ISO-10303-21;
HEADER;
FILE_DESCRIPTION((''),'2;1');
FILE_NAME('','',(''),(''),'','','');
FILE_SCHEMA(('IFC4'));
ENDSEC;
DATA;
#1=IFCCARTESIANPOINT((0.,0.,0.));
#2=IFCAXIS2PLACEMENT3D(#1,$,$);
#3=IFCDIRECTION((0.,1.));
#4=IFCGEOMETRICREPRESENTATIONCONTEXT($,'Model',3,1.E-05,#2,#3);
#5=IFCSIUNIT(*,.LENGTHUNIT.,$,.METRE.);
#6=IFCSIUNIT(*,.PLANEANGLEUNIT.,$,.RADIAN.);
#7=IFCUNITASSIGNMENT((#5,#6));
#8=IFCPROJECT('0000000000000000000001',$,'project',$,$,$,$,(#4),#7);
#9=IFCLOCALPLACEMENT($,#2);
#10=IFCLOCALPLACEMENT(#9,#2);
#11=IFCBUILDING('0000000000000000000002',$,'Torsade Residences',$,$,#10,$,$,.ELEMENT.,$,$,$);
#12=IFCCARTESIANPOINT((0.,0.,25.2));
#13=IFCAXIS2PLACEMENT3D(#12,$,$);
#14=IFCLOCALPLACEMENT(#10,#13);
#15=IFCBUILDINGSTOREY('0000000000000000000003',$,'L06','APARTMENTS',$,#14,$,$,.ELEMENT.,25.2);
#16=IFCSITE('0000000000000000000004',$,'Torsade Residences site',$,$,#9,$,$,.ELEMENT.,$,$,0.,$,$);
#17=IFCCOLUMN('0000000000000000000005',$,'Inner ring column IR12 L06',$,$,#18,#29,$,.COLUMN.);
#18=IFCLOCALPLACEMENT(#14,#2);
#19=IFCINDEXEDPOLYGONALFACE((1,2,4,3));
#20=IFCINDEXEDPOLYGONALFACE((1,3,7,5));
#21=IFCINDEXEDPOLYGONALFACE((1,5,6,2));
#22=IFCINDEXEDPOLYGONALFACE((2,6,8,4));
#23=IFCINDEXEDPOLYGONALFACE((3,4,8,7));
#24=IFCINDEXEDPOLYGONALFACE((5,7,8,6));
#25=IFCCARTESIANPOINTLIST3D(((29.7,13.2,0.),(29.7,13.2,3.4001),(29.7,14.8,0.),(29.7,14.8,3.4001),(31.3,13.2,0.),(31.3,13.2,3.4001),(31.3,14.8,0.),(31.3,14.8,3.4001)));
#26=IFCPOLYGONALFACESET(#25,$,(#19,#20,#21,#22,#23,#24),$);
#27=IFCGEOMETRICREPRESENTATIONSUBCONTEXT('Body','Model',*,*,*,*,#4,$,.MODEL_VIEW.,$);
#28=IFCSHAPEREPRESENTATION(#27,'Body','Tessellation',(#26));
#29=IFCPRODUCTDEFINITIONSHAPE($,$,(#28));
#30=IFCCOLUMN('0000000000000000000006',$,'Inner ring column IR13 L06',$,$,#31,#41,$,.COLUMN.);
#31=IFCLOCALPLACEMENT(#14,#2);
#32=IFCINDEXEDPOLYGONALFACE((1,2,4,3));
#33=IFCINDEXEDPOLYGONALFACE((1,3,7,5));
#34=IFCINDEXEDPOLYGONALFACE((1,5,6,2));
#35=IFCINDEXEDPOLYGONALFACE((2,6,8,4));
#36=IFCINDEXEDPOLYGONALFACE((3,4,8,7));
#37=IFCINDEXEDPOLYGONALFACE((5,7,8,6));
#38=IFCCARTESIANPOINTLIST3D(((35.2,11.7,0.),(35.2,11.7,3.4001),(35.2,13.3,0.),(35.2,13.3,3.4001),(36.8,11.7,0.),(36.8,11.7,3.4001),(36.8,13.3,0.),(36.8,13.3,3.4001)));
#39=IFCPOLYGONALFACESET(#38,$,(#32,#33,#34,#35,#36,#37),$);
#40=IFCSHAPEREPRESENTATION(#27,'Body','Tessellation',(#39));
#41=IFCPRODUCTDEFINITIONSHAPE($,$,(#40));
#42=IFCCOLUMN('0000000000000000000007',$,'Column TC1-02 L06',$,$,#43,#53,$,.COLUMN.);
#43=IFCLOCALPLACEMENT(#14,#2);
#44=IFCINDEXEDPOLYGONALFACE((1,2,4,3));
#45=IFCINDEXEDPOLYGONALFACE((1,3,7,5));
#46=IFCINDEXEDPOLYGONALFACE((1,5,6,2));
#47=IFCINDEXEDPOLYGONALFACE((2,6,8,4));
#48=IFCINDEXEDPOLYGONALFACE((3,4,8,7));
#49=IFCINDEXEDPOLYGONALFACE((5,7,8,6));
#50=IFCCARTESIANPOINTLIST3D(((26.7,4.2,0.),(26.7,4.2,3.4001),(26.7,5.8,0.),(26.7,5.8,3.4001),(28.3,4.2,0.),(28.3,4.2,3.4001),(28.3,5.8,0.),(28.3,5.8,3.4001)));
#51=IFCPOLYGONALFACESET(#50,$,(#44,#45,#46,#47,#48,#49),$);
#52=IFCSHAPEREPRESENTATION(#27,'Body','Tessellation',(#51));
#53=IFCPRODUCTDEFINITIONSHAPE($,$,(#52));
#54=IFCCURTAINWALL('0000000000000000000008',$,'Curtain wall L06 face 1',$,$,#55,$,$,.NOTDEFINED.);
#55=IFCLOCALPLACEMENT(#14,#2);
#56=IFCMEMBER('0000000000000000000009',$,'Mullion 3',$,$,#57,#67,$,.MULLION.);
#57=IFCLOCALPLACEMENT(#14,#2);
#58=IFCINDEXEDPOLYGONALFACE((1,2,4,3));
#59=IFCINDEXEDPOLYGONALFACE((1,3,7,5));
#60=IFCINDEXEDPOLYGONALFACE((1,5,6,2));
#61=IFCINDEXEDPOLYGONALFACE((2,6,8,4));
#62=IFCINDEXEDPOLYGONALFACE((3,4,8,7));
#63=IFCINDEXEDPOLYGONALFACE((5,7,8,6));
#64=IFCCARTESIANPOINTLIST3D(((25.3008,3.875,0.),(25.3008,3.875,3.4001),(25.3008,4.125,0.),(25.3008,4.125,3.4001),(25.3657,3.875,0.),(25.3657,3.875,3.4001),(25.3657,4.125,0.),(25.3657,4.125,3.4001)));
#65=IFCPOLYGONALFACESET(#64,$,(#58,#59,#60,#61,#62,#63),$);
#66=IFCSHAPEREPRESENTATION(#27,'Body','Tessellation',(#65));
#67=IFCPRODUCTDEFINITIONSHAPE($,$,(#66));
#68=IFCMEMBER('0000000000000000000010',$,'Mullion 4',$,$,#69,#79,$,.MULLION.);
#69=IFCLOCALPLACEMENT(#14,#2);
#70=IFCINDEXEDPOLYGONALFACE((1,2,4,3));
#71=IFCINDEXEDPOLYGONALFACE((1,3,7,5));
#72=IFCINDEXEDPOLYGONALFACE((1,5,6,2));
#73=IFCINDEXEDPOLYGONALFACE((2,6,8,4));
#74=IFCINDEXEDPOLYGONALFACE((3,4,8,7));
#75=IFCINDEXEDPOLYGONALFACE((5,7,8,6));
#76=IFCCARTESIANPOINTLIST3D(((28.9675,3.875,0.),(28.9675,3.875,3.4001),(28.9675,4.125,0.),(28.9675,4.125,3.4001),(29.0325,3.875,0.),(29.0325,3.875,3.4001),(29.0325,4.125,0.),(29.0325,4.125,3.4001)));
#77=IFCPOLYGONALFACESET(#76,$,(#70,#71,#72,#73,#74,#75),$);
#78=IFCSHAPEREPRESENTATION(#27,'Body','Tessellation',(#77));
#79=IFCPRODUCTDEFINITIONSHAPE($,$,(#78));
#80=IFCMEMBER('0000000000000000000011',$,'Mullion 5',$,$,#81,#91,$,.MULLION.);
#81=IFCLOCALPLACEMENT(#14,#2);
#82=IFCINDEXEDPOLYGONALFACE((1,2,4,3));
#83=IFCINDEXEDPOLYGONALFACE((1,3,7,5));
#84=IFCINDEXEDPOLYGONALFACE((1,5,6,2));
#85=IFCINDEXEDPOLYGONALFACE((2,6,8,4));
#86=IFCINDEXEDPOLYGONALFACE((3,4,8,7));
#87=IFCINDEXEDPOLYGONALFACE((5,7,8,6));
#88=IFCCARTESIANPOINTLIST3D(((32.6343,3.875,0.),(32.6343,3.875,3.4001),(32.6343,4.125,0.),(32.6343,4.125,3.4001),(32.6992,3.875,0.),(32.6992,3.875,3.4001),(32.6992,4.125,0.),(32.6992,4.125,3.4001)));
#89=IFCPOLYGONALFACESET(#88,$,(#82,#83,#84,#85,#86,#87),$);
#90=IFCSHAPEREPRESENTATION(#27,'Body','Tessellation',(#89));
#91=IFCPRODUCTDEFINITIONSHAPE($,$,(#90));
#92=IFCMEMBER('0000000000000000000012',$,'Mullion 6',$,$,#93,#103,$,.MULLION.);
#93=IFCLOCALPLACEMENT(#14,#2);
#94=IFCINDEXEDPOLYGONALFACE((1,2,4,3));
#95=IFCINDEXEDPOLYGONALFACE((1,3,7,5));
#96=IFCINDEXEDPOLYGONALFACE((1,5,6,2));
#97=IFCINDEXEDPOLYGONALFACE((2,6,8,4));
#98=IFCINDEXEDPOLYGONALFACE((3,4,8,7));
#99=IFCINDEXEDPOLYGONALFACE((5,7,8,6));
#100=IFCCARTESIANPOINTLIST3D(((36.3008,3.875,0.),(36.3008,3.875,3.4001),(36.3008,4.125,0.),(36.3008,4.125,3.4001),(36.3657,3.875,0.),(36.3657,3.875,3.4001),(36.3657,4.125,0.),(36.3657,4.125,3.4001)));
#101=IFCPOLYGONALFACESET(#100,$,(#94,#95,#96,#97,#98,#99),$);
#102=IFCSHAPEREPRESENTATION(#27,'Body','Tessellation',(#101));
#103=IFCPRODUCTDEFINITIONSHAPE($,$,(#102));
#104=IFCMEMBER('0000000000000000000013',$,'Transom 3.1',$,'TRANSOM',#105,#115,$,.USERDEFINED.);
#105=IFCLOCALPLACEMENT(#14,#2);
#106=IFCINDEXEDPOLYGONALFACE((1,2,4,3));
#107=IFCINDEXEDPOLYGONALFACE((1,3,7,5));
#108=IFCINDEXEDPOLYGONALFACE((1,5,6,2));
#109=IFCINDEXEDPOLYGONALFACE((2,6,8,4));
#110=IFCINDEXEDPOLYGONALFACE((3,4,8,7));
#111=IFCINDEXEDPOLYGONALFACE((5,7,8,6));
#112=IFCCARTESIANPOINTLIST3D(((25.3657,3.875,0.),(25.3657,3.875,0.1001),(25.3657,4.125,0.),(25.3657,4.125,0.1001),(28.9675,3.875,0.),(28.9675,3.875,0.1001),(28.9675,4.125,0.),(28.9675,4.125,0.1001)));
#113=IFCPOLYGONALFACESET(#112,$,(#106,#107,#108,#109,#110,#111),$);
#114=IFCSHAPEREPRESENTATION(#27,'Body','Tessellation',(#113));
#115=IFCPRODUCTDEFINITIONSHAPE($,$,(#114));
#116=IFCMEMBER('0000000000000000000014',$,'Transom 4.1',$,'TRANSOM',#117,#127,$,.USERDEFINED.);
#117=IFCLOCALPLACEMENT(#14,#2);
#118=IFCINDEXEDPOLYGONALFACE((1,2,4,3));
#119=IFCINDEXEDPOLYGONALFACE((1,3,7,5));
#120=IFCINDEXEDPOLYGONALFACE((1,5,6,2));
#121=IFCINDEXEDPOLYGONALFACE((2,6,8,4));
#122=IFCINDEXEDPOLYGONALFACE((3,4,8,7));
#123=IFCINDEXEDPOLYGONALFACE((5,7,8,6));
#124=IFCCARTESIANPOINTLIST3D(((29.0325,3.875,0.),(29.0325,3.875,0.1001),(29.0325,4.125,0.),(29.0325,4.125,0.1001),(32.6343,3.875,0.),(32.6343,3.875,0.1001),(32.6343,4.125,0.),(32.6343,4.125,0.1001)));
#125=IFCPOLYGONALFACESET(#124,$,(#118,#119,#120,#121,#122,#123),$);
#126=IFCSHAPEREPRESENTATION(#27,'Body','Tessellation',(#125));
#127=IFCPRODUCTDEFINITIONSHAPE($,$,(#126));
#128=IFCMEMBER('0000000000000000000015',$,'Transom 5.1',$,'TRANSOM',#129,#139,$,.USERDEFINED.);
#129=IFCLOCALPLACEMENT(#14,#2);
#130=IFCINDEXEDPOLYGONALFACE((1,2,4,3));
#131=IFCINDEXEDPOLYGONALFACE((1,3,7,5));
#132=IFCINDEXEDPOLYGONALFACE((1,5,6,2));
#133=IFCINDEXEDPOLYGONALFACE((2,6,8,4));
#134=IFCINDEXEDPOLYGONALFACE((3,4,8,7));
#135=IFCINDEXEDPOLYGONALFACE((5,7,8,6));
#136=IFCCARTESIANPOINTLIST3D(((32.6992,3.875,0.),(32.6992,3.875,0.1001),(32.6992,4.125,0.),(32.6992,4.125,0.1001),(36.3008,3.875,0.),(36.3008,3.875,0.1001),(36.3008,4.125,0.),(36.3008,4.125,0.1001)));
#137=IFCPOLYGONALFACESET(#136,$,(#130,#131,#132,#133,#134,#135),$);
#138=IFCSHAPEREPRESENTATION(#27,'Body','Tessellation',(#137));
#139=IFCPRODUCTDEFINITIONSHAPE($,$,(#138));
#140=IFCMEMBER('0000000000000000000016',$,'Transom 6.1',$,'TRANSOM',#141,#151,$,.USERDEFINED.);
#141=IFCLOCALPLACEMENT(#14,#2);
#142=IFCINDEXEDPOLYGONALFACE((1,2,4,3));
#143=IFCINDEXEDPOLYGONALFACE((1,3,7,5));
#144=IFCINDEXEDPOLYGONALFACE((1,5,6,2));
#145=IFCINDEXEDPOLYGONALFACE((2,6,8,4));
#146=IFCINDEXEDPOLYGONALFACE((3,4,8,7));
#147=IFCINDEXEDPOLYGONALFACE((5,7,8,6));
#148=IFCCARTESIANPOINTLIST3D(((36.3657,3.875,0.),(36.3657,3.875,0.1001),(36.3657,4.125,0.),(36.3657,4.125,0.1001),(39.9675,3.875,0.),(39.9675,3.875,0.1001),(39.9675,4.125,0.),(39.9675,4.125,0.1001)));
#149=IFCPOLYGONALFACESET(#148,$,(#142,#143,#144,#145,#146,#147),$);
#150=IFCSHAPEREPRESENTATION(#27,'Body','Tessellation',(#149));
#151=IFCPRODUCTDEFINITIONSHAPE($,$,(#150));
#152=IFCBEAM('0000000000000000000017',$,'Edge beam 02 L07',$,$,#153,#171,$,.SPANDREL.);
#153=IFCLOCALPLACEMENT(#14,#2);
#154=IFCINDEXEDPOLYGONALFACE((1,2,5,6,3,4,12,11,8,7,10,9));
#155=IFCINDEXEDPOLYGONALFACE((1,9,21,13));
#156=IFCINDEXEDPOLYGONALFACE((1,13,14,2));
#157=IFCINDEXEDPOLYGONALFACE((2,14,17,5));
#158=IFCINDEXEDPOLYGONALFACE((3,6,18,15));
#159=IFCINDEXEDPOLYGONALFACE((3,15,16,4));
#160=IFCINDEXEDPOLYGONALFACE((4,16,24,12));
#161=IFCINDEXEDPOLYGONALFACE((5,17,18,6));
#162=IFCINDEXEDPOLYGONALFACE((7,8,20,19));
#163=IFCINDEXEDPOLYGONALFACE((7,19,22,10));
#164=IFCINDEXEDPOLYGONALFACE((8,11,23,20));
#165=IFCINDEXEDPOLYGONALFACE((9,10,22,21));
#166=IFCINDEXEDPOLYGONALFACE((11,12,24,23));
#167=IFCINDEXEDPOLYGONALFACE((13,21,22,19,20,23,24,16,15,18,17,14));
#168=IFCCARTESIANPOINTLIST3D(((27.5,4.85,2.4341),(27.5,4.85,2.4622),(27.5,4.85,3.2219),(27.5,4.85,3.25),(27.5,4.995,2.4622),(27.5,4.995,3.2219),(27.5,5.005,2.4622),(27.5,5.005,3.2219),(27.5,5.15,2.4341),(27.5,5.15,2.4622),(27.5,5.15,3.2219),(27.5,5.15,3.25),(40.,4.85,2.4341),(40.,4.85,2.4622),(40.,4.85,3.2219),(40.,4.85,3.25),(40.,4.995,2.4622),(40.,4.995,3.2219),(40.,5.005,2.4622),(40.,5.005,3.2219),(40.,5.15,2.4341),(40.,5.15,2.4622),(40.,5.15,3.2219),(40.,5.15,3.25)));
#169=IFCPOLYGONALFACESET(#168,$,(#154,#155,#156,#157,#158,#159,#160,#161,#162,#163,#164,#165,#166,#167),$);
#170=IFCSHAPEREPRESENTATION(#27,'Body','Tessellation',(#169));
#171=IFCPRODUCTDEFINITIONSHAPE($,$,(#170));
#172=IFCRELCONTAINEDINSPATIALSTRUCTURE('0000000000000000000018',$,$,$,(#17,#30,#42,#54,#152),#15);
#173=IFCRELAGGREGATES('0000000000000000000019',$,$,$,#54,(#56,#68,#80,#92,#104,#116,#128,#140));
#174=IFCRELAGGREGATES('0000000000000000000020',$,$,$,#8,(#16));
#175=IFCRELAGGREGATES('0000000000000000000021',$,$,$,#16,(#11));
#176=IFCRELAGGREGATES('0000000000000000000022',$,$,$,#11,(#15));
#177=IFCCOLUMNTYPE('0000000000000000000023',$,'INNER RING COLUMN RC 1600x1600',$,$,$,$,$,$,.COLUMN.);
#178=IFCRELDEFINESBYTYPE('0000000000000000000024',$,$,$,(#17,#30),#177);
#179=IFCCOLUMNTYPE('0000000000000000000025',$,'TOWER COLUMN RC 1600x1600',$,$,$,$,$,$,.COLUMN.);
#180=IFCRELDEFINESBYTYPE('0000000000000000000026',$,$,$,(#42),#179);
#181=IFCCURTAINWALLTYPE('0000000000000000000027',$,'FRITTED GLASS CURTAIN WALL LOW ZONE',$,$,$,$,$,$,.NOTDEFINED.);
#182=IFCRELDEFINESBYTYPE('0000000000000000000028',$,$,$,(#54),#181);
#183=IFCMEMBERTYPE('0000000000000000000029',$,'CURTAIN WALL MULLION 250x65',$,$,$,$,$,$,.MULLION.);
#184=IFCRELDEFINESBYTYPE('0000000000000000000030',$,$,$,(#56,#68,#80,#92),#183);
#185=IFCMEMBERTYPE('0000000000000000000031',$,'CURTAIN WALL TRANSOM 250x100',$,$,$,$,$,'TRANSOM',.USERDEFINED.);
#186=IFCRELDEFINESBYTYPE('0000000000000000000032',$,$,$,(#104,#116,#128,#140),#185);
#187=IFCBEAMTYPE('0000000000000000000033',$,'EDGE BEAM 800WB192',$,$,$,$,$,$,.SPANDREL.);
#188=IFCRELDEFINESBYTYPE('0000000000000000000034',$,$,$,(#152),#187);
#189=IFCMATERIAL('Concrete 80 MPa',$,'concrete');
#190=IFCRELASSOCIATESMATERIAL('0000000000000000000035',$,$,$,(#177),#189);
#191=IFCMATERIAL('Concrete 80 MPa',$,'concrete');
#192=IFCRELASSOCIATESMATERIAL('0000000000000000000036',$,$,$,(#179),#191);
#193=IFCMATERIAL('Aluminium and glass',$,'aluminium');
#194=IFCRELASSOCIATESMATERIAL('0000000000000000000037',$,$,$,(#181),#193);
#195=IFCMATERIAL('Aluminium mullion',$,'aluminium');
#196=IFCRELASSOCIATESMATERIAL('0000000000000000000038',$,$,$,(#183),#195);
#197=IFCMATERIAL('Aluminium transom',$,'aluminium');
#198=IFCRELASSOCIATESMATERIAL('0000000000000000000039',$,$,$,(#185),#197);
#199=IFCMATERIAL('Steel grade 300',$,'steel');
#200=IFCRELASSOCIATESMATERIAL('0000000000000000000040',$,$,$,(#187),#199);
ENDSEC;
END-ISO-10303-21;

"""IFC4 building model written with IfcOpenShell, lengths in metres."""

from ifc_helpers import new_model, si_unit, direction, frame, origin, origin_2d, place, context, subcontext, project, spatial, rectangle, i_section, extrude, material, material_profile, profile_set, type_object, element, aggregate, save


model = new_model("IFC4")

# Units and contexts
model_context = context("Model", 3, precision=1e-05, world=origin(), true_north=direction((0.0, 1.0)))
body_context = subcontext(model_context, "Body", "Model", "MODEL_VIEW")
ifc_project = project(units=[si_unit("LENGTHUNIT", "METRE"), si_unit("PLANEANGLEUNIT", "RADIAN")], contexts=[model_context])

# Site, building, storey
site_placement = place(None, origin())
site = spatial("IfcSite", under=ifc_project, at=site_placement, Name="Torsade Residences site", CompositionType="ELEMENT", RefElevation=0.0)
building_placement = place(site_placement, origin())
building = spatial("IfcBuilding", under=site, at=building_placement, Name="Torsade Residences", CompositionType="ELEMENT")
storey_placement = place(building_placement, frame((0.0, 0.0, 25.2)))
storey = spatial("IfcBuildingStorey", under=building, at=storey_placement, Name="L06", Description="APARTMENTS", CompositionType="ELEMENT", Elevation=25.2)

# Columns
ifc_material_1 = material(Name="Concrete 80 MPa", Category="concrete")
ifc_material_profile_1 = material_profile(ifc_material_1, rectangle(XDim=1.6001, YDim=1.6001, at=origin_2d()), Name="RC 1600x1600")
ifc_profile_set_1 = profile_set([ifc_material_profile_1], Name="Concrete 80 MPa")
column_type_1 = type_object("IfcColumnType", Name="INNER RING COLUMN RC 1600x1600", PredefinedType="COLUMN", material=ifc_profile_set_1)
for number, where, z_axis, x_axis, name in (
    (1, (30.5, 14.0, 0.0), (0.0, 0.0, 1.0), (1.0, 0.0, 0.0), "Inner ring column IR12 L06"),
    (2, (36.0, 12.5, 0.0), (0.0, 0.0, 1.0), (1.0, 0.0, 0.0), "Inner ring column IR13 L06"),
):
    element("IfcColumn", number, at=place(storey_placement, frame(where, z_axis=z_axis, x_axis=x_axis)), inside=storey, type_object=column_type_1, Name=name, PredefinedType="COLUMN", context=body_context, shape_type="SweptSolid", body=[
        extrude(rectangle(XDim=1.6001, YDim=1.6001, at=origin_2d()), origin(), (0.0, 0.0, 1.0), 3.4001),
    ])
ifc_material_2 = material(Name="Concrete 80 MPa", Category="concrete")
ifc_material_profile_2 = material_profile(ifc_material_2, rectangle(XDim=1.6001, YDim=1.6001, at=origin_2d()), Name="RC 1600x1600")
ifc_profile_set_2 = profile_set([ifc_material_profile_2], Name="Concrete 80 MPa")
column_type_2 = type_object("IfcColumnType", Name="TOWER COLUMN RC 1600x1600", PredefinedType="COLUMN", material=ifc_profile_set_2)
column_placement = place(storey_placement, frame((27.5, 5.0, 0.0), z_axis=(0.0, 0.0, 1.0), x_axis=(1.0, 0.0, 0.0)))
element("IfcColumn", 3, at=column_placement, inside=storey, type_object=column_type_2, Name="Column TC1-02 L06", PredefinedType="COLUMN", context=body_context, shape_type="SweptSolid", body=[
    extrude(rectangle(XDim=1.6001, YDim=1.6001, at=origin_2d()), origin(), (0.0, 0.0, 1.0), 3.4001),
])

# Curtain wall, members
ifc_material_3 = material(Name="Aluminium and glass", Category="aluminium")
curtain_wall_type = type_object("IfcCurtainWallType", Name="FRITTED GLASS CURTAIN WALL LOW ZONE", PredefinedType="NOTDEFINED", material=ifc_material_3)
curtain_wall_placement = place(storey_placement, origin())
curtain_wall = element("IfcCurtainWall", 4, at=curtain_wall_placement, inside=storey, type_object=curtain_wall_type, Name="Curtain wall L06 face 1", PredefinedType="NOTDEFINED")
ifc_material_4 = material(Name="Aluminium mullion", Category="aluminium")
ifc_material_profile_3 = material_profile(ifc_material_4, rectangle(XDim=0.25, YDim=0.0649, at=origin_2d()), Name="CURTAIN WALL MULLION 250x65")
ifc_profile_set_3 = profile_set([ifc_material_profile_3], Name="Aluminium mullion")
member_type_1 = type_object("IfcMemberType", Name="CURTAIN WALL MULLION 250x65", PredefinedType="MULLION", material=ifc_profile_set_3)
member_1_placement = place(storey_placement, frame((25.3333, 4.0, 0.0), z_axis=(0.0, 0.0, 1.0), x_axis=(0.0, 1.0, 0.0)))
member_1 = element("IfcMember", 5, at=member_1_placement, type_object=member_type_1, Name="Mullion 3", PredefinedType="MULLION", context=body_context, shape_type="SweptSolid", body=[
    extrude(rectangle(XDim=0.25, YDim=0.0649, at=origin_2d()), origin(), (0.0, 0.0, 1.0), 3.4001),
])
member_2_placement = place(storey_placement, frame((29.0, 4.0, 0.0), z_axis=(0.0, 0.0, 1.0), x_axis=(0.0, 1.0, 0.0)))
member_2 = element("IfcMember", 6, at=member_2_placement, type_object=member_type_1, Name="Mullion 4", PredefinedType="MULLION", context=body_context, shape_type="SweptSolid", body=[
    extrude(rectangle(XDim=0.25, YDim=0.0649, at=origin_2d()), origin(), (0.0, 0.0, 1.0), 3.4001),
])
member_3_placement = place(storey_placement, frame((32.6667, 4.0, 0.0), z_axis=(0.0, 0.0, 1.0), x_axis=(0.0, 1.0, 0.0)))
member_3 = element("IfcMember", 7, at=member_3_placement, type_object=member_type_1, Name="Mullion 5", PredefinedType="MULLION", context=body_context, shape_type="SweptSolid", body=[
    extrude(rectangle(XDim=0.25, YDim=0.0649, at=origin_2d()), origin(), (0.0, 0.0, 1.0), 3.4001),
])
member_4_placement = place(storey_placement, frame((36.3333, 4.0, 0.0), z_axis=(0.0, 0.0, 1.0), x_axis=(0.0, 1.0, 0.0)))
member_4 = element("IfcMember", 8, at=member_4_placement, type_object=member_type_1, Name="Mullion 6", PredefinedType="MULLION", context=body_context, shape_type="SweptSolid", body=[
    extrude(rectangle(XDim=0.25, YDim=0.0649, at=origin_2d()), origin(), (0.0, 0.0, 1.0), 3.4001),
])
ifc_material_5 = material(Name="Aluminium transom", Category="aluminium")
ifc_material_profile_4 = material_profile(ifc_material_5, rectangle(XDim=0.25, YDim=0.1001, at=origin_2d()), Name="CURTAIN WALL TRANSOM 250x100")
ifc_profile_set_4 = profile_set([ifc_material_profile_4], Name="Aluminium transom")
member_type_2 = type_object("IfcMemberType", Name="CURTAIN WALL TRANSOM 250x100", ElementType="TRANSOM", PredefinedType="USERDEFINED", material=ifc_profile_set_4)
member_5_placement = place(storey_placement, frame((25.3657, 4.0, 0.05), z_axis=(1.0, 0.0, 0.0), x_axis=(0.0, 1.0, 0.0)))
member_5 = element("IfcMember", 9, at=member_5_placement, type_object=member_type_2, Name="Transom 3.1", ObjectType="TRANSOM", PredefinedType="USERDEFINED", context=body_context, shape_type="SweptSolid", body=[
    extrude(rectangle(XDim=0.25, YDim=0.1001, at=origin_2d()), origin(), (0.0, 0.0, 1.0), 3.6018),
])
member_6_placement = place(storey_placement, frame((29.0325, 4.0, 0.05), z_axis=(1.0, 0.0, 0.0), x_axis=(0.0, 1.0, 0.0)))
member_6 = element("IfcMember", 10, at=member_6_placement, type_object=member_type_2, Name="Transom 4.1", ObjectType="TRANSOM", PredefinedType="USERDEFINED", context=body_context, shape_type="SweptSolid", body=[
    extrude(rectangle(XDim=0.25, YDim=0.1001, at=origin_2d()), origin(), (0.0, 0.0, 1.0), 3.6018),
])
member_7_placement = place(storey_placement, frame((32.6992, 4.0, 0.05), z_axis=(1.0, 0.0, 0.0), x_axis=(0.0, 1.0, 0.0)))
member_7 = element("IfcMember", 11, at=member_7_placement, type_object=member_type_2, Name="Transom 5.1", ObjectType="TRANSOM", PredefinedType="USERDEFINED", context=body_context, shape_type="SweptSolid", body=[
    extrude(rectangle(XDim=0.25, YDim=0.1001, at=origin_2d()), origin(), (0.0, 0.0, 1.0), 3.6016),
])
member_8_placement = place(storey_placement, frame((36.3657, 4.0, 0.05), z_axis=(1.0, 0.0, 0.0), x_axis=(0.0, 1.0, 0.0)))
member_8 = element("IfcMember", 12, at=member_8_placement, type_object=member_type_2, Name="Transom 6.1", ObjectType="TRANSOM", PredefinedType="USERDEFINED", context=body_context, shape_type="SweptSolid", body=[
    extrude(rectangle(XDim=0.25, YDim=0.1001, at=origin_2d()), origin(), (0.0, 0.0, 1.0), 3.6018),
])

# Beam
ifc_material_6 = material(Name="Steel grade 300", Category="steel")
ifc_material_profile_5 = material_profile(ifc_material_6, i_section(OverallWidth=0.3, OverallDepth=0.8159, WebThickness=0.01, FlangeThickness=0.0281, at=origin_2d()), Name="800WB192")
ifc_profile_set_5 = profile_set([ifc_material_profile_5], Name="Steel grade 300")
beam_type_1 = type_object("IfcBeamType", Name="EDGE BEAM 800WB192", PredefinedType="SPANDREL", material=ifc_profile_set_5)
beam_1_placement = place(storey_placement, frame((27.5, 5.0, 2.842), z_axis=(1.0, 0.0, 0.0), x_axis=(0.0, 1.0, 0.0)))
element("IfcBeam", 13, at=beam_1_placement, inside=storey, type_object=beam_type_1, Name="Edge beam 02 L07", PredefinedType="SPANDREL", context=body_context, shape_type="SweptSolid", body=[
    extrude(i_section(OverallWidth=0.3, OverallDepth=0.8159, WebThickness=0.01, FlangeThickness=0.0281, at=origin_2d()), origin(), (0.0, 0.0, 1.0), 12.5),
])

aggregate(curtain_wall, [member_1, member_2, member_3, member_4, member_5, member_6, member_7, member_8])

save(model, "model.ifc")
